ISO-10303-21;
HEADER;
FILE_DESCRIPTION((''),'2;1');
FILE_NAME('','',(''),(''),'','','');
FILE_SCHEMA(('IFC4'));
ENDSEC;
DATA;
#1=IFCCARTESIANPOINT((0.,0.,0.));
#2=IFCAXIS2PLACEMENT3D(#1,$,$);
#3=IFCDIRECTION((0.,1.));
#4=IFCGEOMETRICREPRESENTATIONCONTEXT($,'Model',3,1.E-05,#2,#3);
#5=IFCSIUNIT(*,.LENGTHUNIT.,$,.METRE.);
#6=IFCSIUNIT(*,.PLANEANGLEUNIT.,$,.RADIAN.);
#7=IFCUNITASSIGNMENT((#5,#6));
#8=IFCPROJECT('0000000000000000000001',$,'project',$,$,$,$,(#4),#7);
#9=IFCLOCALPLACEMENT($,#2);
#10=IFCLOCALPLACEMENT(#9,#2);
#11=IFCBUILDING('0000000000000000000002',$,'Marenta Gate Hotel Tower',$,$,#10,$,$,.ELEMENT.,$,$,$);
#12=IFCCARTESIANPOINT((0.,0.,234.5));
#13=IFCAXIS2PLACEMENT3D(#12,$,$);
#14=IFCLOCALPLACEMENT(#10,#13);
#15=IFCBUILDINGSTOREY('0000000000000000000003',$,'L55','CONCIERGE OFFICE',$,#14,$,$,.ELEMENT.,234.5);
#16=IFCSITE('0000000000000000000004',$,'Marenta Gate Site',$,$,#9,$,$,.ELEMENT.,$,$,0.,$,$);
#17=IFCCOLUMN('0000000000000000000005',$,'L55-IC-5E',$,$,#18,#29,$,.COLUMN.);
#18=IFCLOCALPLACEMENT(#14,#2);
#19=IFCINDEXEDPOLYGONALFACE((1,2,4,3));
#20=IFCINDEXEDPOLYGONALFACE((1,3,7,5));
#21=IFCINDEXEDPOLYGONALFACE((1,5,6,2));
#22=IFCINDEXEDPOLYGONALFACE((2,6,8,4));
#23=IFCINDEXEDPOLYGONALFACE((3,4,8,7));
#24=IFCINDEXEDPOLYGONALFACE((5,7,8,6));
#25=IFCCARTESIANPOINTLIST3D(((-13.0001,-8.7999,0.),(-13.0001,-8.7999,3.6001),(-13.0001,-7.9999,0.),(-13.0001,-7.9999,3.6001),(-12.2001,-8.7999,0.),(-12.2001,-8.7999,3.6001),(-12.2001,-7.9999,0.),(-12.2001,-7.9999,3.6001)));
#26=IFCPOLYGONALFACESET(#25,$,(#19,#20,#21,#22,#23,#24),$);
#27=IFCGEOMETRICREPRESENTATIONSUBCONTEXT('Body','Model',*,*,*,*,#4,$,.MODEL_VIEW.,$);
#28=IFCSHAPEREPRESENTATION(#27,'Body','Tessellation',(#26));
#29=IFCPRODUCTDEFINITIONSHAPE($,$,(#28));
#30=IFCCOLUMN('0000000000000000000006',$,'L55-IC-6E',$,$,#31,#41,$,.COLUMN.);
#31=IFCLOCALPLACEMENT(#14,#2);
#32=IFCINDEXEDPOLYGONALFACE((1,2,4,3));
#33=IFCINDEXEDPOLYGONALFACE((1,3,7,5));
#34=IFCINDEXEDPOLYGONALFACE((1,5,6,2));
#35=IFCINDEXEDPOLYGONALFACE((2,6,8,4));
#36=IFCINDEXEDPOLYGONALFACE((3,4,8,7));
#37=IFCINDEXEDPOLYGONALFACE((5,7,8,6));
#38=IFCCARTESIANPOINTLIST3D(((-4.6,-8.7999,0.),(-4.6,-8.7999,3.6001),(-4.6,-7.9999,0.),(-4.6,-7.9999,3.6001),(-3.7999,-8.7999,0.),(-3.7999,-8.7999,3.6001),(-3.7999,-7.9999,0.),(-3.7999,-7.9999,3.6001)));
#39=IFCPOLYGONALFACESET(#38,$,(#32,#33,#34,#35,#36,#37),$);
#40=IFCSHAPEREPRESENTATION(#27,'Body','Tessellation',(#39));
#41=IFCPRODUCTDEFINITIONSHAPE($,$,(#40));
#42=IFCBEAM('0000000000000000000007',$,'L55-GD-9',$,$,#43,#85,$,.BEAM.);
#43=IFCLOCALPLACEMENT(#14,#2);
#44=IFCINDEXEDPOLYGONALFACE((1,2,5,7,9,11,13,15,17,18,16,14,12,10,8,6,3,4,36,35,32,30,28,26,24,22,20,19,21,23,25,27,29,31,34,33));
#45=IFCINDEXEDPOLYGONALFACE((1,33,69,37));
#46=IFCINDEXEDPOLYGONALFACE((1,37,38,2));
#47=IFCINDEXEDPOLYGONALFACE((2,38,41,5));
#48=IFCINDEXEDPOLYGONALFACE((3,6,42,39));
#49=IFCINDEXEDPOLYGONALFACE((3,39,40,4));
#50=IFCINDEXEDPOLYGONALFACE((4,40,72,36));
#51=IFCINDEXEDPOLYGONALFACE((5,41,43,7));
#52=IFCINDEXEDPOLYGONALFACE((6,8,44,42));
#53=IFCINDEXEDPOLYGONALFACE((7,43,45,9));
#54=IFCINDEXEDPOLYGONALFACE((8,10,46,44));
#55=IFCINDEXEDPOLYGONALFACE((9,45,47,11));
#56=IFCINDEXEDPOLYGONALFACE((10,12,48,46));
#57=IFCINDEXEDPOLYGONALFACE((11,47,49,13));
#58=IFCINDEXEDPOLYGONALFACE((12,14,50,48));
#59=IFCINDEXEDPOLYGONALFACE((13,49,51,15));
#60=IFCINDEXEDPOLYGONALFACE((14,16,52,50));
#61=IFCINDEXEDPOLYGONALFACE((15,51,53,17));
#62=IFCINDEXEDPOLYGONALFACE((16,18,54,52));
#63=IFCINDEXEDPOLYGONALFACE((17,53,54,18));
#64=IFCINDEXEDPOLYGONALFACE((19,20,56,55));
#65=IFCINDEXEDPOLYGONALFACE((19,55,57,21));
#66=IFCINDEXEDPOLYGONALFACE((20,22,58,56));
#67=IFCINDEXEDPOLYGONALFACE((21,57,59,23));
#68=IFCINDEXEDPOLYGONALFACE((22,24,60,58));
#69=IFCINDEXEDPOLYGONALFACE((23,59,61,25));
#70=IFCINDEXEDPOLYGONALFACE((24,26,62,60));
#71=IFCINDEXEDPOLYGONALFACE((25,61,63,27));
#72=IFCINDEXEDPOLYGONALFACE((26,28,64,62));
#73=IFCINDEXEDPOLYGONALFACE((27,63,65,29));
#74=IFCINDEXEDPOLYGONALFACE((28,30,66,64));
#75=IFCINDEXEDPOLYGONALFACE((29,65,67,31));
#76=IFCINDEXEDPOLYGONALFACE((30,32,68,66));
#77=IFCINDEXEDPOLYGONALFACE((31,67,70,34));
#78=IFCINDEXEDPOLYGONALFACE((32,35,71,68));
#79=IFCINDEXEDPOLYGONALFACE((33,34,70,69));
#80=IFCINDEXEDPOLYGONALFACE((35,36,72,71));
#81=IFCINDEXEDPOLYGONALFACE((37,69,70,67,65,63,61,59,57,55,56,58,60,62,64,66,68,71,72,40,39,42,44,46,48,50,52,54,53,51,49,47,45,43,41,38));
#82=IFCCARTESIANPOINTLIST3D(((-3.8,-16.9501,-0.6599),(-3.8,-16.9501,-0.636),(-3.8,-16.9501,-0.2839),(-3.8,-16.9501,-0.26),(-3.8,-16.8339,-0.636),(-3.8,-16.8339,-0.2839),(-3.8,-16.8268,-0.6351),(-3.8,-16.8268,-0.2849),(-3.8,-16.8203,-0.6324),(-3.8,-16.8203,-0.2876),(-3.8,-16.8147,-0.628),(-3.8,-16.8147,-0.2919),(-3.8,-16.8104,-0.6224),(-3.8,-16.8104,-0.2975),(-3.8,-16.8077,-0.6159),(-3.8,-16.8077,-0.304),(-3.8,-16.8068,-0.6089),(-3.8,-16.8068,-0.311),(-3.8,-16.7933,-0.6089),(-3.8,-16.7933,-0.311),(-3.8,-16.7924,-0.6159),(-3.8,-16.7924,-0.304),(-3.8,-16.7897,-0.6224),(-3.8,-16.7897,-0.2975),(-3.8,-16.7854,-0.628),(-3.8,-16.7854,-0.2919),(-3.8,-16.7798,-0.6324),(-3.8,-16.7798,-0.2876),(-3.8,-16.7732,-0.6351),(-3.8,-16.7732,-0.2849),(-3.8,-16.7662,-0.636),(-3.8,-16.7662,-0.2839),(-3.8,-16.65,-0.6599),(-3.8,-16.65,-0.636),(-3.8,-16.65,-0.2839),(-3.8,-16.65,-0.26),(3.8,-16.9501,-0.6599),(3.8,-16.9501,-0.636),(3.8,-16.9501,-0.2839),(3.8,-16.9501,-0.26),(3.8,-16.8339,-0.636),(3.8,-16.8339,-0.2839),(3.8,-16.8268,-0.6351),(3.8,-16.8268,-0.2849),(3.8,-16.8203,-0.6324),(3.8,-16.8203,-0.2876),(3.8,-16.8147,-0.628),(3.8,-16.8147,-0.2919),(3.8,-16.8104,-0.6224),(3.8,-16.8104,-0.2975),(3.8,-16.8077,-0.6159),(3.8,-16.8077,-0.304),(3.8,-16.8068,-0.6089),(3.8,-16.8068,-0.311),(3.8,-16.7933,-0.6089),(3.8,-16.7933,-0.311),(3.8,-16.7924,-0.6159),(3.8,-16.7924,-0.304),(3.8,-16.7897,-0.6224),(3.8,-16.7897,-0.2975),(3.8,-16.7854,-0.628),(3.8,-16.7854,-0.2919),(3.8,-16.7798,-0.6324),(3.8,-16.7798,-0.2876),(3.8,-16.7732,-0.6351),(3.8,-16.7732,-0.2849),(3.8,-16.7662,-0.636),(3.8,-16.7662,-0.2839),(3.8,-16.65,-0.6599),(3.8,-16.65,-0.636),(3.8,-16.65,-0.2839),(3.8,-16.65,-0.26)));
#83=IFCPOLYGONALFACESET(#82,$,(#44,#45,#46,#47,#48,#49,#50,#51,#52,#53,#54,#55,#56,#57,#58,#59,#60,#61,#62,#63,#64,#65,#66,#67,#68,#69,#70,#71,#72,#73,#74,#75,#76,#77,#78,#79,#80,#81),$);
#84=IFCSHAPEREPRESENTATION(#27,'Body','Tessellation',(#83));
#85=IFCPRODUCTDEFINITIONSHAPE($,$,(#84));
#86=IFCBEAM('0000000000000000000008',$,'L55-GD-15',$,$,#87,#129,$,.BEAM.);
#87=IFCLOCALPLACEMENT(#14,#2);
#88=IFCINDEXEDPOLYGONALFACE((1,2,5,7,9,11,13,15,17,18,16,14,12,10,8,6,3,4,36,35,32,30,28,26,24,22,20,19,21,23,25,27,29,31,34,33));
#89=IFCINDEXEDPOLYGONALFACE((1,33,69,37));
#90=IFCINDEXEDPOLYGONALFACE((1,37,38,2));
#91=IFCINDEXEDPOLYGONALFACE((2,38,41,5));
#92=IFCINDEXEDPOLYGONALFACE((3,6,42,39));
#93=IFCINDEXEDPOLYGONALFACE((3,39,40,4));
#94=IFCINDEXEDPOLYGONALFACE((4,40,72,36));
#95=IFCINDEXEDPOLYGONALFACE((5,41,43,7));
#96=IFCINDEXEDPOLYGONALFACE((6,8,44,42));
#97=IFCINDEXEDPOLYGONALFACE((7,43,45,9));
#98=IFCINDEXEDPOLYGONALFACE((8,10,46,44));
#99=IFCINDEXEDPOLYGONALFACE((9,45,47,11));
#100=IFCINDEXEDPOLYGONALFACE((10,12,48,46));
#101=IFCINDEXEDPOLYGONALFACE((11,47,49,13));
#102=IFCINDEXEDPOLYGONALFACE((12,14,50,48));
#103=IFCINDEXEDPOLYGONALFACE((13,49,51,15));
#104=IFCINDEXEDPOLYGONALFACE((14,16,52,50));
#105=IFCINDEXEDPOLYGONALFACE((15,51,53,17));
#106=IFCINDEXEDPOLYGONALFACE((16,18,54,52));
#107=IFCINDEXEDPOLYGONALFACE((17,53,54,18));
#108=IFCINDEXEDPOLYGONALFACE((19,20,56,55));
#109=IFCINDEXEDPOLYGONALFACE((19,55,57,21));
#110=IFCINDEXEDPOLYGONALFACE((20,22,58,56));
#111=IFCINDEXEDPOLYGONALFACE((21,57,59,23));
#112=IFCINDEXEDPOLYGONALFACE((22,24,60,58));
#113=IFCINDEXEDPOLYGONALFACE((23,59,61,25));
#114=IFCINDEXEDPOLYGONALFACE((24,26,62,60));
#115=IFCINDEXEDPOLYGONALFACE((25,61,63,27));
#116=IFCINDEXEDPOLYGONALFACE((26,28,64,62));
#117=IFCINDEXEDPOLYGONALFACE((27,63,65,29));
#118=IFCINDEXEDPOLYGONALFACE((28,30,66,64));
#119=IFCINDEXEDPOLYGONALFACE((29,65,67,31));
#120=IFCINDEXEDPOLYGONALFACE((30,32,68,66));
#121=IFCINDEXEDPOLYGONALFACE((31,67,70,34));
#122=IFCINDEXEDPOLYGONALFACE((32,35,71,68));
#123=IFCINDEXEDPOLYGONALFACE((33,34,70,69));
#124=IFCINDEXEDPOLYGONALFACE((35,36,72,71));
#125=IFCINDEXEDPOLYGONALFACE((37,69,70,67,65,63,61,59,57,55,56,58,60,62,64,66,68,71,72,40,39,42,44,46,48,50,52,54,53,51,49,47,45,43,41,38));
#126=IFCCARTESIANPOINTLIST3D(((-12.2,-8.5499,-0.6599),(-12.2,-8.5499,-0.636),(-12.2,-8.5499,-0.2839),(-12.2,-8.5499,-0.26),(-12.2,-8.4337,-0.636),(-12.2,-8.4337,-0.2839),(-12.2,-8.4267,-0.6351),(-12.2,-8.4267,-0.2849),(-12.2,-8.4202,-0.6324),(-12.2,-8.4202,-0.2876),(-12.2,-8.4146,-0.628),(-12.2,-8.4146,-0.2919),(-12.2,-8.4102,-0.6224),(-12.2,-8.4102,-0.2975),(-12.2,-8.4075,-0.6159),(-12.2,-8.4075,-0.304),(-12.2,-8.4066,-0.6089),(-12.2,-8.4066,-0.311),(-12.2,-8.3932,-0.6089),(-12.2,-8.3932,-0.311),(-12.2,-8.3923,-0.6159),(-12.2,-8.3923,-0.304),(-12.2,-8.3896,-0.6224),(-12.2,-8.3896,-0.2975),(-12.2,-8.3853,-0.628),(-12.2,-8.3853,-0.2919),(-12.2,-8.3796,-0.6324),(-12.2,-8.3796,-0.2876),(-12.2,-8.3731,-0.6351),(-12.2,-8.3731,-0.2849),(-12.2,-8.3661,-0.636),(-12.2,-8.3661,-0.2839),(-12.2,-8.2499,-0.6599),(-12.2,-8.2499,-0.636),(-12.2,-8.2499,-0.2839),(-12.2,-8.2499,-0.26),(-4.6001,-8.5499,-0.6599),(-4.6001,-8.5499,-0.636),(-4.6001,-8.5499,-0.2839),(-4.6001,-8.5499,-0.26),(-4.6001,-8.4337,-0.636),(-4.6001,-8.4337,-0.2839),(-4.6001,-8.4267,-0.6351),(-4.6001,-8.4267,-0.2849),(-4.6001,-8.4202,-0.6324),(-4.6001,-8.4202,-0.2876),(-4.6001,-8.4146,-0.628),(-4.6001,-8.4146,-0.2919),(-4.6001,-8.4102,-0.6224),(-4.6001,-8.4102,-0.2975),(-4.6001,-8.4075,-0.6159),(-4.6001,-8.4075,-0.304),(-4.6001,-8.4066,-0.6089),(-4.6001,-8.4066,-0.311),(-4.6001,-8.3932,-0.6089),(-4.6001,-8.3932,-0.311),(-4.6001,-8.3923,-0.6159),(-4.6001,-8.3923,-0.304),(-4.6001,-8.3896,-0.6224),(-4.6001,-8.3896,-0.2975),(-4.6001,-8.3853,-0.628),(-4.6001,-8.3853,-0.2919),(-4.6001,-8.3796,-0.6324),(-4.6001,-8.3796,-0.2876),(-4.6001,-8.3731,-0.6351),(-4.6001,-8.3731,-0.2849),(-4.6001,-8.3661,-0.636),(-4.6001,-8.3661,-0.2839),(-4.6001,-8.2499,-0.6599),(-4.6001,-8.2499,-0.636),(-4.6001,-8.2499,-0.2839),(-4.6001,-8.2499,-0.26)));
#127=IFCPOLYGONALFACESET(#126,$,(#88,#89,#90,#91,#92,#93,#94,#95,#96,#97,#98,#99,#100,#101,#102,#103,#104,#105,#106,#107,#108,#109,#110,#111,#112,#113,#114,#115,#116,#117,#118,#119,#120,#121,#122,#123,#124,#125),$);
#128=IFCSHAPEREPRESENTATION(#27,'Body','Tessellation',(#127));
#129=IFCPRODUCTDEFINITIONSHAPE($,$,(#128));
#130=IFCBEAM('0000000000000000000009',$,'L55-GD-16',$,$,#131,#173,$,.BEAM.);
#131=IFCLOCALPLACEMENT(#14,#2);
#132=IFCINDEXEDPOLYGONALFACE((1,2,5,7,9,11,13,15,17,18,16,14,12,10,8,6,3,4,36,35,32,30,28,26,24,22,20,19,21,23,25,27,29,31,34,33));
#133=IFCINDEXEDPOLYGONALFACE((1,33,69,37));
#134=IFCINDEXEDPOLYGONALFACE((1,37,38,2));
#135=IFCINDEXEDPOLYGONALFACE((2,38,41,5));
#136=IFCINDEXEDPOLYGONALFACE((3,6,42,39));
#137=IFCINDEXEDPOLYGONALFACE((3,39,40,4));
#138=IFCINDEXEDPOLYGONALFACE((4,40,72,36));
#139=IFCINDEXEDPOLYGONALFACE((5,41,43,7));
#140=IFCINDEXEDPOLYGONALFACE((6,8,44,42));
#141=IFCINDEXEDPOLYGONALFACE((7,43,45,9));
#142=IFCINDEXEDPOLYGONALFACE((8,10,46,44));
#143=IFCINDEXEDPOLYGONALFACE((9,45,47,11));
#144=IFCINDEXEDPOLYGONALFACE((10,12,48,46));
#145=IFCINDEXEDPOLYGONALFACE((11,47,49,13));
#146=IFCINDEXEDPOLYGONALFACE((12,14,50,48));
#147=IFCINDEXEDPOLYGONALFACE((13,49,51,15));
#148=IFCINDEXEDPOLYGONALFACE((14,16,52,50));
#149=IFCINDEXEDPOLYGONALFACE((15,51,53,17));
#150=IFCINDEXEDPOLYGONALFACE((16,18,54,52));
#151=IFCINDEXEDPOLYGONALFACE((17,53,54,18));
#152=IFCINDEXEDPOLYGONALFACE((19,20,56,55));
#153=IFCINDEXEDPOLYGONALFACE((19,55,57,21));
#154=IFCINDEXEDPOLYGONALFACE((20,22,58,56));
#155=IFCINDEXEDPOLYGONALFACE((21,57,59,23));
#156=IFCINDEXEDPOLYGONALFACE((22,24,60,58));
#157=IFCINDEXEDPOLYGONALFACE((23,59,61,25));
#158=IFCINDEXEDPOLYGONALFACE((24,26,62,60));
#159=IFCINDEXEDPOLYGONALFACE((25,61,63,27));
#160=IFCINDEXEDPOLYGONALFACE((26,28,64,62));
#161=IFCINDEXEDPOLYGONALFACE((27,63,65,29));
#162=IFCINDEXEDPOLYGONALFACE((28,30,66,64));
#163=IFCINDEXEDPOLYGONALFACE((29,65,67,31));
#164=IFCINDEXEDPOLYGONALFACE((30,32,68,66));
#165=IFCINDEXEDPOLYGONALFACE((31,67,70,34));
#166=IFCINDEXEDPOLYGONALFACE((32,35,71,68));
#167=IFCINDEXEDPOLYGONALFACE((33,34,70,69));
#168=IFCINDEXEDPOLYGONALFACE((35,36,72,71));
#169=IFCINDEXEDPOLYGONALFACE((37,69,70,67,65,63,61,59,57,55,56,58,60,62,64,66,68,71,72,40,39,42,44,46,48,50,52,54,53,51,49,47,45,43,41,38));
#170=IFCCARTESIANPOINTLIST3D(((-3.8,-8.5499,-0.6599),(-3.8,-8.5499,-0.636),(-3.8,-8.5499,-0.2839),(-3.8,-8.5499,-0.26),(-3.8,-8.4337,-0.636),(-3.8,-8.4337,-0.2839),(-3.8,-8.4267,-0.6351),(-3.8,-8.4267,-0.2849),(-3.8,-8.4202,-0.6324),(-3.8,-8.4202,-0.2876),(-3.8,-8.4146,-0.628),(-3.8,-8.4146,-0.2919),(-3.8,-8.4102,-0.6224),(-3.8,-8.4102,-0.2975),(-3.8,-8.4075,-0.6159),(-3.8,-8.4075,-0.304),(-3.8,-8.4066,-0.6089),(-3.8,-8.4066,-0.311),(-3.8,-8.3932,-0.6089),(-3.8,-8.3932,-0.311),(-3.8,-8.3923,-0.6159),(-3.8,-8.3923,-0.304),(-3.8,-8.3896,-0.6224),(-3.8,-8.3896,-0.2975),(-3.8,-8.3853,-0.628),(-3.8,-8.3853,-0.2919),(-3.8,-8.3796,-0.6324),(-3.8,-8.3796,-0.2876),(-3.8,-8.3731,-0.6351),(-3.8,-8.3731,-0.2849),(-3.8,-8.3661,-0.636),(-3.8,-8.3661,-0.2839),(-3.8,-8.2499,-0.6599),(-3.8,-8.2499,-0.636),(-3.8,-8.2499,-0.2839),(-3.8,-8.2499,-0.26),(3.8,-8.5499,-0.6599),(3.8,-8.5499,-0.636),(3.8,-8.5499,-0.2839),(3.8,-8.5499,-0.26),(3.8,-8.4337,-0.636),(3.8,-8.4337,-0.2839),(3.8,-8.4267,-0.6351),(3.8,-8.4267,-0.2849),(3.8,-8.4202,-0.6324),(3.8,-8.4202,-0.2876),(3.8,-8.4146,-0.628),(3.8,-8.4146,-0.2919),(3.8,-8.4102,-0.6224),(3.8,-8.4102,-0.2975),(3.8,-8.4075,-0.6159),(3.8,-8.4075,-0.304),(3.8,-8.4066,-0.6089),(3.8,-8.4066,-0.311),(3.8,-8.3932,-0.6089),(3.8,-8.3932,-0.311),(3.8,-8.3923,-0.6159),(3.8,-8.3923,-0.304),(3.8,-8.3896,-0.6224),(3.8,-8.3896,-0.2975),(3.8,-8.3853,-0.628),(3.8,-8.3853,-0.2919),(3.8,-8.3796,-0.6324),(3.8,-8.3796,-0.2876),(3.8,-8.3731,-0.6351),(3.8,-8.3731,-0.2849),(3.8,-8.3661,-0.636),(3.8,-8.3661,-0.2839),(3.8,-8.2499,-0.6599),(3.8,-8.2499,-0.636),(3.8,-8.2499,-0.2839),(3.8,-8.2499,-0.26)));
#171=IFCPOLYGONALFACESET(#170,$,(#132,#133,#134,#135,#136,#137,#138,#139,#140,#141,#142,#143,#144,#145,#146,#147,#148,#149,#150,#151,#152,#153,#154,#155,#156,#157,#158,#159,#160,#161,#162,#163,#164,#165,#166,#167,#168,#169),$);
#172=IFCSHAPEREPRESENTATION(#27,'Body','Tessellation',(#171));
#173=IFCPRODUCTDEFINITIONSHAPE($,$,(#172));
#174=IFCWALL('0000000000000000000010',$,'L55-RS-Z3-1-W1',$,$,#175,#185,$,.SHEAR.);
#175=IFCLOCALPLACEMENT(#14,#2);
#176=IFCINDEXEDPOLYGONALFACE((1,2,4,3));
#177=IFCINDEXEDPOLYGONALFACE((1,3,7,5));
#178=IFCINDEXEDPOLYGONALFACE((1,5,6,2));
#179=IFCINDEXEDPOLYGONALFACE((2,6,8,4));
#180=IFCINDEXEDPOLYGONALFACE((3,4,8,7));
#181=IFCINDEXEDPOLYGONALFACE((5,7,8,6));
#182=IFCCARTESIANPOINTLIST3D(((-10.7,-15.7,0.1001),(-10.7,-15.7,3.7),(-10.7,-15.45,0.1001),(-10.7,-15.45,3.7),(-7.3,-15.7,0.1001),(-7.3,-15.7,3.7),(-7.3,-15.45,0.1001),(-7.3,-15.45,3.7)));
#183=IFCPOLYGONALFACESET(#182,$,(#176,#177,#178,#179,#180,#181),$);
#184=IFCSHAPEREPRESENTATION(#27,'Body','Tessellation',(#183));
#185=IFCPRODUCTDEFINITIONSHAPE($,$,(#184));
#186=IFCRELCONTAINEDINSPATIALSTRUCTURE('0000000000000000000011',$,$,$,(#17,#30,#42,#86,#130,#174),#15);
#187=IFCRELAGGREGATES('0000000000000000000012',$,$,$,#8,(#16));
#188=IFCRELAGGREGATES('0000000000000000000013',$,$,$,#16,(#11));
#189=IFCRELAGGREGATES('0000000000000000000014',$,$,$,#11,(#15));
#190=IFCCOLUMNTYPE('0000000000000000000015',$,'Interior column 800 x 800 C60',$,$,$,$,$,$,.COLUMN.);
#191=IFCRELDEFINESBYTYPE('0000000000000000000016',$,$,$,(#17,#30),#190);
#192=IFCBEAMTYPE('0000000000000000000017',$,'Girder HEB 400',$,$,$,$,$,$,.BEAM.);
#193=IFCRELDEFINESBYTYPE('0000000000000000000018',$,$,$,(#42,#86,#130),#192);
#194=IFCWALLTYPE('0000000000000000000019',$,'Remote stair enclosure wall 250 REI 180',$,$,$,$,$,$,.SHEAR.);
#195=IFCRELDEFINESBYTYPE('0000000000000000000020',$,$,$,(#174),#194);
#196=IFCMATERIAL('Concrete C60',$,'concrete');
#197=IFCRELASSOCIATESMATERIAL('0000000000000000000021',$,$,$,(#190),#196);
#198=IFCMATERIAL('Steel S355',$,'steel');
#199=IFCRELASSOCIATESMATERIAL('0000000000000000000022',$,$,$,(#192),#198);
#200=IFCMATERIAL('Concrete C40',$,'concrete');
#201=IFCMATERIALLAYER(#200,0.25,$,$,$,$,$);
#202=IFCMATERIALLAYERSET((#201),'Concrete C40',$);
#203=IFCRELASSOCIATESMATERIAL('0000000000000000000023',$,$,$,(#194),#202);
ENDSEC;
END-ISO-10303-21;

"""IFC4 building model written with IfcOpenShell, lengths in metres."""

from ifc_helpers import new_model, si_unit, direction, frame, frame_2d, origin, origin_2d, place, context, subcontext, project, spatial, rectangle, i_section, extrude, material, layer, layer_set, material_profile, profile_set, type_object, element, save


model = new_model("IFC4")

# Units and contexts
model_context = context("Model", 3, precision=1e-05, world=origin(), true_north=direction((0.0, 1.0)))
body_context = subcontext(model_context, "Body", "Model", "MODEL_VIEW")
ifc_project = project(units=[si_unit("LENGTHUNIT", "METRE"), si_unit("PLANEANGLEUNIT", "RADIAN")], contexts=[model_context])

# Site, building, storey
site_placement = place(None, origin())
site = spatial("IfcSite", under=ifc_project, at=site_placement, Name="Marenta Gate Site", CompositionType="ELEMENT", RefElevation=0.0)
building_placement = place(site_placement, origin())
building = spatial("IfcBuilding", under=site, at=building_placement, Name="Marenta Gate Hotel Tower", CompositionType="ELEMENT")
storey_placement = place(building_placement, frame((0.0, 0.0, 234.5)))
storey = spatial("IfcBuildingStorey", under=building, at=storey_placement, Name="L55", Description="CONCIERGE OFFICE", CompositionType="ELEMENT", Elevation=234.5)

# Columns
ifc_material_1 = material(Name="Concrete C60", Category="concrete")
ifc_material_profile_1 = material_profile(ifc_material_1, rectangle(XDim=0.8, YDim=0.8, at=origin_2d()), Name="800 x 800")
ifc_profile_set_1 = profile_set([ifc_material_profile_1], Name="Concrete C60")
column_type = type_object("IfcColumnType", Name="Interior column 800 x 800 C60", PredefinedType="COLUMN", material=ifc_profile_set_1)
for number, where, z_axis, x_axis, name in (
    (1, (-12.6001, -8.3999, 0.0), (0.0, 0.0, 1.0), (1.0, 0.0, 0.0), "L55-IC-5E"),
    (2, (-4.2, -8.3999, 0.0), (0.0, 0.0, 1.0), (1.0, 0.0, 0.0), "L55-IC-6E"),
):
    element("IfcColumn", number, at=place(storey_placement, frame(where, z_axis=z_axis, x_axis=x_axis)), inside=storey, type_object=column_type, Name=name, PredefinedType="COLUMN", context=body_context, shape_type="SweptSolid", body=[
        extrude(rectangle(XDim=0.8, YDim=0.8, at=origin_2d()), origin(), (0.0, 0.0, 1.0), 3.6001),
    ])

# Beams
ifc_material_2 = material(Name="Steel S355", Category="steel")
ifc_material_profile_2 = material_profile(ifc_material_2, i_section(OverallWidth=0.3, OverallDepth=0.3999, WebThickness=0.0134, FlangeThickness=0.0239, FilletRadius=0.0271, at=origin_2d()), Name="HEB 400")
ifc_profile_set_2 = profile_set([ifc_material_profile_2], Name="Steel S355")
beam_type = type_object("IfcBeamType", Name="Girder HEB 400", PredefinedType="BEAM", material=ifc_profile_set_2)
beam_1_placement = place(storey_placement, frame((-3.8, -16.8, -0.46), z_axis=(1.0, 0.0, 0.0), x_axis=(0.0, 1.0, 0.0)))
element("IfcBeam", 3, at=beam_1_placement, inside=storey, type_object=beam_type, Name="L55-GD-9", PredefinedType="BEAM", context=body_context, shape_type="SweptSolid", body=[
    extrude(i_section(OverallWidth=0.3, OverallDepth=0.3999, WebThickness=0.0134, FlangeThickness=0.0239, FilletRadius=0.0271, at=origin_2d()), origin(), (0.0, 0.0, 1.0), 7.6001),
])
beam_2_placement = place(storey_placement, frame((-12.2, -8.3999, -0.46), z_axis=(1.0, 0.0, 0.0), x_axis=(0.0, 1.0, 0.0)))
element("IfcBeam", 4, at=beam_2_placement, inside=storey, type_object=beam_type, Name="L55-GD-15", PredefinedType="BEAM", context=body_context, shape_type="SweptSolid", body=[
    extrude(i_section(OverallWidth=0.3, OverallDepth=0.3999, WebThickness=0.0134, FlangeThickness=0.0239, FilletRadius=0.0271, at=origin_2d()), origin(), (0.0, 0.0, 1.0), 7.5999),
])
beam_3_placement = place(storey_placement, frame((-3.8, -8.3999, -0.46), z_axis=(1.0, 0.0, 0.0), x_axis=(0.0, 1.0, 0.0)))
element("IfcBeam", 5, at=beam_3_placement, inside=storey, type_object=beam_type, Name="L55-GD-16", PredefinedType="BEAM", context=body_context, shape_type="SweptSolid", body=[
    extrude(i_section(OverallWidth=0.3, OverallDepth=0.3999, WebThickness=0.0134, FlangeThickness=0.0239, FilletRadius=0.0271, at=origin_2d()), origin(), (0.0, 0.0, 1.0), 7.6001),
])

# Wall
ifc_material_3 = material(Name="Concrete C40", Category="concrete")
ifc_layer_1 = layer(ifc_material_3, 0.25)
ifc_layer_set_1 = layer_set([ifc_layer_1], Name="Concrete C40")
wall_type_1 = type_object("IfcWallType", Name="Remote stair enclosure wall 250 REI 180", PredefinedType="SHEAR", material=ifc_layer_set_1)
wall_1_placement = place(storey_placement, frame((-10.7, -15.575, 0.1001), z_axis=(0.0, 0.0, 1.0), x_axis=(1.0, 0.0, 0.0)))
element("IfcWall", 6, at=wall_1_placement, inside=storey, type_object=wall_type_1, Name="L55-RS-Z3-1-W1", PredefinedType="SHEAR", context=body_context, shape_type="SweptSolid", body=[
    extrude(rectangle(XDim=3.3999, YDim=0.25, at=frame_2d((1.7, 0.0))), origin(), (0.0, 0.0, 1.0), 3.5999),
])

save(model, "model.ifc")
